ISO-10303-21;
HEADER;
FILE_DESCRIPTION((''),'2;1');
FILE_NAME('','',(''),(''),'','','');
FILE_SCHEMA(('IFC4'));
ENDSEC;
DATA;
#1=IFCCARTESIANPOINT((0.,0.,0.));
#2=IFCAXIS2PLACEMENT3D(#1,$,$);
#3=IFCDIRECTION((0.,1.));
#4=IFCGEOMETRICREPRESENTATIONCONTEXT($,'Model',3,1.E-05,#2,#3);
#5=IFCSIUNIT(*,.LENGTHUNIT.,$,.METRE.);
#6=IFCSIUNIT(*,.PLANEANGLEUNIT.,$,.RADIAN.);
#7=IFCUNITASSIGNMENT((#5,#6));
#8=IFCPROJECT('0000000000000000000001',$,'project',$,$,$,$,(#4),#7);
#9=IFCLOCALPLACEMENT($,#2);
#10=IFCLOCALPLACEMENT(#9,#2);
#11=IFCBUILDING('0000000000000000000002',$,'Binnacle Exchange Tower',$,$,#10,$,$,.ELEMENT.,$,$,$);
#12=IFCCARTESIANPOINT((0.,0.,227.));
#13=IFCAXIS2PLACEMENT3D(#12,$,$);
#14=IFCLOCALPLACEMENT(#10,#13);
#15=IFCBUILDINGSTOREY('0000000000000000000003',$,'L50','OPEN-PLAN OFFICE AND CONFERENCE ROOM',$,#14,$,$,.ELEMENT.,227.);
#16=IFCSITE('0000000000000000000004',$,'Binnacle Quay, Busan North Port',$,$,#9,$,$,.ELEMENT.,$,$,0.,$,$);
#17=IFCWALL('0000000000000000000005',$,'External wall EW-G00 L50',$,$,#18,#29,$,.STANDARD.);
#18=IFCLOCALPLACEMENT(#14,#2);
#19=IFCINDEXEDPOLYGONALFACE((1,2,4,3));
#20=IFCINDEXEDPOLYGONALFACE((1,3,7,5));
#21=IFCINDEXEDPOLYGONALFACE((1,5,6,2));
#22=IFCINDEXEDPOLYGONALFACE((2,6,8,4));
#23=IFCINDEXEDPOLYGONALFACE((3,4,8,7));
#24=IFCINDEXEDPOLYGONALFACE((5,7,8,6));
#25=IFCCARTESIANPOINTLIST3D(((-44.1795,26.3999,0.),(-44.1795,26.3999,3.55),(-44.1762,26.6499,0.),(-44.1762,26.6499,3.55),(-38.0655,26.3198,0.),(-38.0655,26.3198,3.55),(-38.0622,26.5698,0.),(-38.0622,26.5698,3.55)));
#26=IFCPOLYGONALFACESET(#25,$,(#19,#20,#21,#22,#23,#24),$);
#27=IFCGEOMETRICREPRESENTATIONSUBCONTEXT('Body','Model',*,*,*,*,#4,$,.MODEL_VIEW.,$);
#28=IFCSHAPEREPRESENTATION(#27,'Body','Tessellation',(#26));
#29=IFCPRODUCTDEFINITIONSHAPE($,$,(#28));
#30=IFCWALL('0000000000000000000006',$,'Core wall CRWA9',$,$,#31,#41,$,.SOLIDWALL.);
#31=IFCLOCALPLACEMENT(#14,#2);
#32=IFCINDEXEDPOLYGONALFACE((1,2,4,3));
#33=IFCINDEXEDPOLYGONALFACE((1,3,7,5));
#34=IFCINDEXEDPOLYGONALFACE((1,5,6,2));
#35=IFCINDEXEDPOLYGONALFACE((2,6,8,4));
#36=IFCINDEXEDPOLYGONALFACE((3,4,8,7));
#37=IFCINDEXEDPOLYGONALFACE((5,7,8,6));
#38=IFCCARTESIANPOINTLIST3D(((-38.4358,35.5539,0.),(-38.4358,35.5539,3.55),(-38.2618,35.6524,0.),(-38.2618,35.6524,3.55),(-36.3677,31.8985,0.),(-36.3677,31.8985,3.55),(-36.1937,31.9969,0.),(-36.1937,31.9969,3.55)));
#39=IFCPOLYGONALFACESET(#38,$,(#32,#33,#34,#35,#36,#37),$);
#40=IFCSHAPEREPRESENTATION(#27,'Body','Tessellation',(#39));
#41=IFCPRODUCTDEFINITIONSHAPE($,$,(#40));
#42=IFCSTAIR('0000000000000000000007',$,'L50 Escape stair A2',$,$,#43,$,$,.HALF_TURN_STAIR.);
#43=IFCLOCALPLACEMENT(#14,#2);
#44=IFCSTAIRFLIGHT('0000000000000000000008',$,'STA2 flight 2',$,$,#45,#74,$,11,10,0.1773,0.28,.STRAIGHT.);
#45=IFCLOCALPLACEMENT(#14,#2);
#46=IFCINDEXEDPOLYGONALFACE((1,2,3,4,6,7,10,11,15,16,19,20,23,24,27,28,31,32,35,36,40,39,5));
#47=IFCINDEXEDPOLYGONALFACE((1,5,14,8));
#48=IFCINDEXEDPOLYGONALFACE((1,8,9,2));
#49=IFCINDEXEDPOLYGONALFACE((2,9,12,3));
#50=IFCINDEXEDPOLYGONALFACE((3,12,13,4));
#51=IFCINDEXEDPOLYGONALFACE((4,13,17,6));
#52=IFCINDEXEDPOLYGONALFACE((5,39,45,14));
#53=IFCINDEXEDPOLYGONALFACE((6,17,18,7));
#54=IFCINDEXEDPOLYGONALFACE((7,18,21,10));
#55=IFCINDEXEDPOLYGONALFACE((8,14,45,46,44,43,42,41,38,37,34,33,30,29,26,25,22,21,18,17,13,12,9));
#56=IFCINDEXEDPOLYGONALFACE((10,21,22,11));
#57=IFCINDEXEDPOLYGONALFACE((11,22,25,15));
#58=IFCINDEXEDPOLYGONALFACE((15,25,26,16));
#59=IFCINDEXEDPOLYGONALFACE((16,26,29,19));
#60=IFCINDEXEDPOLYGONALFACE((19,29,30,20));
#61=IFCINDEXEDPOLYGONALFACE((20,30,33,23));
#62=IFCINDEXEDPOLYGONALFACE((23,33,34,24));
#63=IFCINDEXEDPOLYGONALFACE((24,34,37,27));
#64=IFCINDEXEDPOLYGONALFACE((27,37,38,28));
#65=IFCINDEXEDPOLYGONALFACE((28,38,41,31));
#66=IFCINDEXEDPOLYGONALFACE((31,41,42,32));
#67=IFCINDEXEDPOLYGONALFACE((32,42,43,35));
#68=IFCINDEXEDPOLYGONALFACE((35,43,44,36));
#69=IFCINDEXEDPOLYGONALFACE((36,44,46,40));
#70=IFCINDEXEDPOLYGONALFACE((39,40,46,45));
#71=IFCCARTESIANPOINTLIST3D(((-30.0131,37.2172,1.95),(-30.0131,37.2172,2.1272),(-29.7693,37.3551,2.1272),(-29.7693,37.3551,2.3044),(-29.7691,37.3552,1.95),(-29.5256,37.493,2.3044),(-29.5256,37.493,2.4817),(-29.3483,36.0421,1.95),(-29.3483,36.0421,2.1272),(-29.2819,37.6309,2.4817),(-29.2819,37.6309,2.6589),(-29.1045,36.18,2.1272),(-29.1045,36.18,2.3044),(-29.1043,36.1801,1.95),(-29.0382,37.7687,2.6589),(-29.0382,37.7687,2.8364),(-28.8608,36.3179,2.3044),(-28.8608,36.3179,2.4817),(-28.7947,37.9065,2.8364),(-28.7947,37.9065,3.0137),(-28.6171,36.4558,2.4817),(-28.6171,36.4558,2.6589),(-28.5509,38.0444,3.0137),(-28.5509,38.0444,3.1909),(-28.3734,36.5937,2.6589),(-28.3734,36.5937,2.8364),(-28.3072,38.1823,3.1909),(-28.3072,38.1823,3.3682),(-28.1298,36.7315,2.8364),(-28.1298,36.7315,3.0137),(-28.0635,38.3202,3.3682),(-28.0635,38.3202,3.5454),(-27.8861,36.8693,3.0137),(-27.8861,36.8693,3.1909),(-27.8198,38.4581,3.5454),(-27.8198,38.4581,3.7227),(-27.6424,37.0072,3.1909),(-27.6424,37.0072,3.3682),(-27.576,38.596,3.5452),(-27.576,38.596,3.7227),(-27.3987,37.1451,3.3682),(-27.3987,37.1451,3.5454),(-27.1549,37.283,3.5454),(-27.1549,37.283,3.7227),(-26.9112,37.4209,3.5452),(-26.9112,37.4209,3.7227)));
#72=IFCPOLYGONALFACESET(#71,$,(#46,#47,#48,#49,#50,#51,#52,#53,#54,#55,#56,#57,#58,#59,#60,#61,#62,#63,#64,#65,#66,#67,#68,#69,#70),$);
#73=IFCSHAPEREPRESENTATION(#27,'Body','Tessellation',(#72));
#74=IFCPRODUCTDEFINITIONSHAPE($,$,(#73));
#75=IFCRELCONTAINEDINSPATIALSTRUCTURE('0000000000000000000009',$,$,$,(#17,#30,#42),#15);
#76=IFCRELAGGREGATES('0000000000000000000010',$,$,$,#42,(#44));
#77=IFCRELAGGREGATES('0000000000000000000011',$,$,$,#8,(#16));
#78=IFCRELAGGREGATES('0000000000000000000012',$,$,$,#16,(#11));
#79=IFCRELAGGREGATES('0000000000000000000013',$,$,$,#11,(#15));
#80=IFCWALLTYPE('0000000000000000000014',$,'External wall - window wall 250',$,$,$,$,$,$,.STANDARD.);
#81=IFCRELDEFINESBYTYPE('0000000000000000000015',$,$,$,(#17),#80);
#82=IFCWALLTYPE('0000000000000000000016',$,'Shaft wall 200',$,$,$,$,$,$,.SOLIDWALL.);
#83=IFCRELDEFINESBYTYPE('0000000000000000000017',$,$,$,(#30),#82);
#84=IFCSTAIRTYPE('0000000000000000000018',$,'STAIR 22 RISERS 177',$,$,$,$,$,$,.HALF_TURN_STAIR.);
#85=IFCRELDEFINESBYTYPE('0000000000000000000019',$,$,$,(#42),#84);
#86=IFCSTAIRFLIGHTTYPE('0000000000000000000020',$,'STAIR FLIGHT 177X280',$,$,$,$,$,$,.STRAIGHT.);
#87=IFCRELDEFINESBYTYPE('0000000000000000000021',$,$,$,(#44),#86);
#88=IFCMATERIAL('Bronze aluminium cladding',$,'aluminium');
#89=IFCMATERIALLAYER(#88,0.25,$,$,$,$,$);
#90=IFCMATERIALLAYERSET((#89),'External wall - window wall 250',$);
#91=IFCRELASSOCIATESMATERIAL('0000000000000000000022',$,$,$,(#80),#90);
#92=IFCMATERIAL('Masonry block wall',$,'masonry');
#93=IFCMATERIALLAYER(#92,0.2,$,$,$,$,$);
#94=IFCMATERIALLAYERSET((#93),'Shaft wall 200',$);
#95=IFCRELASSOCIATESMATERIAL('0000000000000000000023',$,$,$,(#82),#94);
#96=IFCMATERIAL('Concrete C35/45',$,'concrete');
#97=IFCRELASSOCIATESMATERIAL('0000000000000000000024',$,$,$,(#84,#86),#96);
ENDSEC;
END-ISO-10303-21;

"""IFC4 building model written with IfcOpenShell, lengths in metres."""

from ifc_helpers import new_model, si_unit, direction, frame, frame_2d, origin, place, context, subcontext, project, spatial, polyline, rectangle, outline, extrude, material, layer, layer_set, type_object, element, aggregate, save


model = new_model("IFC4")

# Units and contexts
model_context = context("Model", 3, precision=1e-05, world=origin(), true_north=direction((0.0, 1.0)))
body_context = subcontext(model_context, "Body", "Model", "MODEL_VIEW")
ifc_project = project(units=[si_unit("LENGTHUNIT", "METRE"), si_unit("PLANEANGLEUNIT", "RADIAN")], contexts=[model_context])

# Site, building, storey
site_placement = place(None, origin())
site = spatial("IfcSite", under=ifc_project, at=site_placement, Name="Binnacle Quay, Busan North Port", CompositionType="ELEMENT", RefElevation=0.0)
building_placement = place(site_placement, origin())
building = spatial("IfcBuilding", under=site, at=building_placement, Name="Binnacle Exchange Tower", CompositionType="ELEMENT")
storey_placement = place(building_placement, frame((0.0, 0.0, 227.0)))
storey = spatial("IfcBuildingStorey", under=building, at=storey_placement, Name="L50", Description="OPEN-PLAN OFFICE AND CONFERENCE ROOM", CompositionType="ELEMENT", Elevation=227.0)

# Walls
ifc_material_1 = material(Name="Bronze aluminium cladding", Category="aluminium")
ifc_layer_1 = layer(ifc_material_1, 0.25)
ifc_layer_set_1 = layer_set([ifc_layer_1], Name="External wall - window wall 250")
wall_type_1 = type_object("IfcWallType", Name="External wall - window wall 250", PredefinedType="STANDARD", material=ifc_layer_set_1)
wall_1_placement = place(storey_placement, frame((-38.064, 26.4448, 0.0), z_axis=(0.0, 0.0, 1.0), x_axis=(-0.999914, 0.013096, 0.0)))
element("IfcWall", 1, at=wall_1_placement, inside=storey, type_object=wall_type_1, Name="External wall EW-G00 L50", PredefinedType="STANDARD", context=body_context, shape_type="SweptSolid", body=[
    extrude(rectangle(XDim=6.1145, YDim=0.25, at=frame_2d((3.0571, 0.0))), origin(), (0.0, 0.0, 1.0), 3.55),
])
ifc_material_2 = material(Name="Masonry block wall", Category="masonry")
ifc_layer_2 = layer(ifc_material_2, 0.2)
ifc_layer_set_2 = layer_set([ifc_layer_2], Name="Shaft wall 200")
wall_type_2 = type_object("IfcWallType", Name="Shaft wall 200", PredefinedType="SOLIDWALL", material=ifc_layer_set_2)
wall_2_placement = place(storey_placement, frame((-38.3489, 35.6033, 0.0), z_axis=(0.0, 0.0, 1.0), x_axis=(0.49241, -0.870364, 0.0)))
element("IfcWall", 2, at=wall_2_placement, inside=storey, type_object=wall_type_2, Name="Core wall CRWA9", PredefinedType="SOLIDWALL", context=body_context, shape_type="SweptSolid", body=[
    extrude(rectangle(XDim=4.2, YDim=0.2, at=frame_2d((2.1001, 0.0))), origin(), (0.0, 0.0, 1.0), 3.55),
])

# Stair, stair flight
ifc_material_3 = material(Name="Concrete C35/45", Category="concrete")
stair_type = type_object("IfcStairType", Name="STAIR 22 RISERS 177", PredefinedType="HALF_TURN_STAIR", material=ifc_material_3)
stair_placement = place(storey_placement, origin())
stair = element("IfcStair", 3, at=stair_placement, inside=storey, type_object=stair_type, Name="L50 Escape stair A2", PredefinedType="HALF_TURN_STAIR")
stair_flight_type = type_object("IfcStairFlightType", Name="STAIR FLIGHT 177X280", PredefinedType="STRAIGHT", material=ifc_material_3)
stair_flight_placement = place(storey_placement, frame((-29.6807, 36.6296, 1.95), z_axis=(0.0, 0.0, 1.0), x_axis=(0.870356, 0.492424, 0.0)))
stair_flight = element("IfcStairFlight", 4, at=stair_flight_placement, type_object=stair_flight_type, Name="STA2 flight 2", NumberOfRisers=11, NumberOfTreads=10, PredefinedType="STRAIGHT", RiserHeight=0.1773, TreadLength=0.28, context=body_context, shape_type="SweptSolid", body=[
    extrude(outline(polyline([(0.0, 0.0), (0.0, 0.1772), (0.28, 0.1772), (0.28, 0.3545), (0.5601, 0.3545), (0.5601, 0.5317), (0.8401, 0.5317), (0.8401, 0.709), (1.1201, 0.709), (1.1201, 0.8865), (1.3999, 0.8865), (1.3999, 1.0637), (1.6799, 1.0637), (1.6799, 1.241), (1.96, 1.241), (1.96, 1.4182), (2.24, 1.4182), (2.24, 1.5955), (2.52, 1.5955), (2.52, 1.7727), (2.8, 1.7727), (2.8, 1.95), (2.8, 1.5952), (0.2803, 0.0), (0.0, 0.0)])), frame((0.0, 0.675, 0.0), z_axis=(0.0, -1.0, 0.0), x_axis=(1.0, 0.0, 0.0)), (0.0, 0.0, 1.0), 1.3501),
])
aggregate(stair, [stair_flight])

save(model, "model.ifc")
